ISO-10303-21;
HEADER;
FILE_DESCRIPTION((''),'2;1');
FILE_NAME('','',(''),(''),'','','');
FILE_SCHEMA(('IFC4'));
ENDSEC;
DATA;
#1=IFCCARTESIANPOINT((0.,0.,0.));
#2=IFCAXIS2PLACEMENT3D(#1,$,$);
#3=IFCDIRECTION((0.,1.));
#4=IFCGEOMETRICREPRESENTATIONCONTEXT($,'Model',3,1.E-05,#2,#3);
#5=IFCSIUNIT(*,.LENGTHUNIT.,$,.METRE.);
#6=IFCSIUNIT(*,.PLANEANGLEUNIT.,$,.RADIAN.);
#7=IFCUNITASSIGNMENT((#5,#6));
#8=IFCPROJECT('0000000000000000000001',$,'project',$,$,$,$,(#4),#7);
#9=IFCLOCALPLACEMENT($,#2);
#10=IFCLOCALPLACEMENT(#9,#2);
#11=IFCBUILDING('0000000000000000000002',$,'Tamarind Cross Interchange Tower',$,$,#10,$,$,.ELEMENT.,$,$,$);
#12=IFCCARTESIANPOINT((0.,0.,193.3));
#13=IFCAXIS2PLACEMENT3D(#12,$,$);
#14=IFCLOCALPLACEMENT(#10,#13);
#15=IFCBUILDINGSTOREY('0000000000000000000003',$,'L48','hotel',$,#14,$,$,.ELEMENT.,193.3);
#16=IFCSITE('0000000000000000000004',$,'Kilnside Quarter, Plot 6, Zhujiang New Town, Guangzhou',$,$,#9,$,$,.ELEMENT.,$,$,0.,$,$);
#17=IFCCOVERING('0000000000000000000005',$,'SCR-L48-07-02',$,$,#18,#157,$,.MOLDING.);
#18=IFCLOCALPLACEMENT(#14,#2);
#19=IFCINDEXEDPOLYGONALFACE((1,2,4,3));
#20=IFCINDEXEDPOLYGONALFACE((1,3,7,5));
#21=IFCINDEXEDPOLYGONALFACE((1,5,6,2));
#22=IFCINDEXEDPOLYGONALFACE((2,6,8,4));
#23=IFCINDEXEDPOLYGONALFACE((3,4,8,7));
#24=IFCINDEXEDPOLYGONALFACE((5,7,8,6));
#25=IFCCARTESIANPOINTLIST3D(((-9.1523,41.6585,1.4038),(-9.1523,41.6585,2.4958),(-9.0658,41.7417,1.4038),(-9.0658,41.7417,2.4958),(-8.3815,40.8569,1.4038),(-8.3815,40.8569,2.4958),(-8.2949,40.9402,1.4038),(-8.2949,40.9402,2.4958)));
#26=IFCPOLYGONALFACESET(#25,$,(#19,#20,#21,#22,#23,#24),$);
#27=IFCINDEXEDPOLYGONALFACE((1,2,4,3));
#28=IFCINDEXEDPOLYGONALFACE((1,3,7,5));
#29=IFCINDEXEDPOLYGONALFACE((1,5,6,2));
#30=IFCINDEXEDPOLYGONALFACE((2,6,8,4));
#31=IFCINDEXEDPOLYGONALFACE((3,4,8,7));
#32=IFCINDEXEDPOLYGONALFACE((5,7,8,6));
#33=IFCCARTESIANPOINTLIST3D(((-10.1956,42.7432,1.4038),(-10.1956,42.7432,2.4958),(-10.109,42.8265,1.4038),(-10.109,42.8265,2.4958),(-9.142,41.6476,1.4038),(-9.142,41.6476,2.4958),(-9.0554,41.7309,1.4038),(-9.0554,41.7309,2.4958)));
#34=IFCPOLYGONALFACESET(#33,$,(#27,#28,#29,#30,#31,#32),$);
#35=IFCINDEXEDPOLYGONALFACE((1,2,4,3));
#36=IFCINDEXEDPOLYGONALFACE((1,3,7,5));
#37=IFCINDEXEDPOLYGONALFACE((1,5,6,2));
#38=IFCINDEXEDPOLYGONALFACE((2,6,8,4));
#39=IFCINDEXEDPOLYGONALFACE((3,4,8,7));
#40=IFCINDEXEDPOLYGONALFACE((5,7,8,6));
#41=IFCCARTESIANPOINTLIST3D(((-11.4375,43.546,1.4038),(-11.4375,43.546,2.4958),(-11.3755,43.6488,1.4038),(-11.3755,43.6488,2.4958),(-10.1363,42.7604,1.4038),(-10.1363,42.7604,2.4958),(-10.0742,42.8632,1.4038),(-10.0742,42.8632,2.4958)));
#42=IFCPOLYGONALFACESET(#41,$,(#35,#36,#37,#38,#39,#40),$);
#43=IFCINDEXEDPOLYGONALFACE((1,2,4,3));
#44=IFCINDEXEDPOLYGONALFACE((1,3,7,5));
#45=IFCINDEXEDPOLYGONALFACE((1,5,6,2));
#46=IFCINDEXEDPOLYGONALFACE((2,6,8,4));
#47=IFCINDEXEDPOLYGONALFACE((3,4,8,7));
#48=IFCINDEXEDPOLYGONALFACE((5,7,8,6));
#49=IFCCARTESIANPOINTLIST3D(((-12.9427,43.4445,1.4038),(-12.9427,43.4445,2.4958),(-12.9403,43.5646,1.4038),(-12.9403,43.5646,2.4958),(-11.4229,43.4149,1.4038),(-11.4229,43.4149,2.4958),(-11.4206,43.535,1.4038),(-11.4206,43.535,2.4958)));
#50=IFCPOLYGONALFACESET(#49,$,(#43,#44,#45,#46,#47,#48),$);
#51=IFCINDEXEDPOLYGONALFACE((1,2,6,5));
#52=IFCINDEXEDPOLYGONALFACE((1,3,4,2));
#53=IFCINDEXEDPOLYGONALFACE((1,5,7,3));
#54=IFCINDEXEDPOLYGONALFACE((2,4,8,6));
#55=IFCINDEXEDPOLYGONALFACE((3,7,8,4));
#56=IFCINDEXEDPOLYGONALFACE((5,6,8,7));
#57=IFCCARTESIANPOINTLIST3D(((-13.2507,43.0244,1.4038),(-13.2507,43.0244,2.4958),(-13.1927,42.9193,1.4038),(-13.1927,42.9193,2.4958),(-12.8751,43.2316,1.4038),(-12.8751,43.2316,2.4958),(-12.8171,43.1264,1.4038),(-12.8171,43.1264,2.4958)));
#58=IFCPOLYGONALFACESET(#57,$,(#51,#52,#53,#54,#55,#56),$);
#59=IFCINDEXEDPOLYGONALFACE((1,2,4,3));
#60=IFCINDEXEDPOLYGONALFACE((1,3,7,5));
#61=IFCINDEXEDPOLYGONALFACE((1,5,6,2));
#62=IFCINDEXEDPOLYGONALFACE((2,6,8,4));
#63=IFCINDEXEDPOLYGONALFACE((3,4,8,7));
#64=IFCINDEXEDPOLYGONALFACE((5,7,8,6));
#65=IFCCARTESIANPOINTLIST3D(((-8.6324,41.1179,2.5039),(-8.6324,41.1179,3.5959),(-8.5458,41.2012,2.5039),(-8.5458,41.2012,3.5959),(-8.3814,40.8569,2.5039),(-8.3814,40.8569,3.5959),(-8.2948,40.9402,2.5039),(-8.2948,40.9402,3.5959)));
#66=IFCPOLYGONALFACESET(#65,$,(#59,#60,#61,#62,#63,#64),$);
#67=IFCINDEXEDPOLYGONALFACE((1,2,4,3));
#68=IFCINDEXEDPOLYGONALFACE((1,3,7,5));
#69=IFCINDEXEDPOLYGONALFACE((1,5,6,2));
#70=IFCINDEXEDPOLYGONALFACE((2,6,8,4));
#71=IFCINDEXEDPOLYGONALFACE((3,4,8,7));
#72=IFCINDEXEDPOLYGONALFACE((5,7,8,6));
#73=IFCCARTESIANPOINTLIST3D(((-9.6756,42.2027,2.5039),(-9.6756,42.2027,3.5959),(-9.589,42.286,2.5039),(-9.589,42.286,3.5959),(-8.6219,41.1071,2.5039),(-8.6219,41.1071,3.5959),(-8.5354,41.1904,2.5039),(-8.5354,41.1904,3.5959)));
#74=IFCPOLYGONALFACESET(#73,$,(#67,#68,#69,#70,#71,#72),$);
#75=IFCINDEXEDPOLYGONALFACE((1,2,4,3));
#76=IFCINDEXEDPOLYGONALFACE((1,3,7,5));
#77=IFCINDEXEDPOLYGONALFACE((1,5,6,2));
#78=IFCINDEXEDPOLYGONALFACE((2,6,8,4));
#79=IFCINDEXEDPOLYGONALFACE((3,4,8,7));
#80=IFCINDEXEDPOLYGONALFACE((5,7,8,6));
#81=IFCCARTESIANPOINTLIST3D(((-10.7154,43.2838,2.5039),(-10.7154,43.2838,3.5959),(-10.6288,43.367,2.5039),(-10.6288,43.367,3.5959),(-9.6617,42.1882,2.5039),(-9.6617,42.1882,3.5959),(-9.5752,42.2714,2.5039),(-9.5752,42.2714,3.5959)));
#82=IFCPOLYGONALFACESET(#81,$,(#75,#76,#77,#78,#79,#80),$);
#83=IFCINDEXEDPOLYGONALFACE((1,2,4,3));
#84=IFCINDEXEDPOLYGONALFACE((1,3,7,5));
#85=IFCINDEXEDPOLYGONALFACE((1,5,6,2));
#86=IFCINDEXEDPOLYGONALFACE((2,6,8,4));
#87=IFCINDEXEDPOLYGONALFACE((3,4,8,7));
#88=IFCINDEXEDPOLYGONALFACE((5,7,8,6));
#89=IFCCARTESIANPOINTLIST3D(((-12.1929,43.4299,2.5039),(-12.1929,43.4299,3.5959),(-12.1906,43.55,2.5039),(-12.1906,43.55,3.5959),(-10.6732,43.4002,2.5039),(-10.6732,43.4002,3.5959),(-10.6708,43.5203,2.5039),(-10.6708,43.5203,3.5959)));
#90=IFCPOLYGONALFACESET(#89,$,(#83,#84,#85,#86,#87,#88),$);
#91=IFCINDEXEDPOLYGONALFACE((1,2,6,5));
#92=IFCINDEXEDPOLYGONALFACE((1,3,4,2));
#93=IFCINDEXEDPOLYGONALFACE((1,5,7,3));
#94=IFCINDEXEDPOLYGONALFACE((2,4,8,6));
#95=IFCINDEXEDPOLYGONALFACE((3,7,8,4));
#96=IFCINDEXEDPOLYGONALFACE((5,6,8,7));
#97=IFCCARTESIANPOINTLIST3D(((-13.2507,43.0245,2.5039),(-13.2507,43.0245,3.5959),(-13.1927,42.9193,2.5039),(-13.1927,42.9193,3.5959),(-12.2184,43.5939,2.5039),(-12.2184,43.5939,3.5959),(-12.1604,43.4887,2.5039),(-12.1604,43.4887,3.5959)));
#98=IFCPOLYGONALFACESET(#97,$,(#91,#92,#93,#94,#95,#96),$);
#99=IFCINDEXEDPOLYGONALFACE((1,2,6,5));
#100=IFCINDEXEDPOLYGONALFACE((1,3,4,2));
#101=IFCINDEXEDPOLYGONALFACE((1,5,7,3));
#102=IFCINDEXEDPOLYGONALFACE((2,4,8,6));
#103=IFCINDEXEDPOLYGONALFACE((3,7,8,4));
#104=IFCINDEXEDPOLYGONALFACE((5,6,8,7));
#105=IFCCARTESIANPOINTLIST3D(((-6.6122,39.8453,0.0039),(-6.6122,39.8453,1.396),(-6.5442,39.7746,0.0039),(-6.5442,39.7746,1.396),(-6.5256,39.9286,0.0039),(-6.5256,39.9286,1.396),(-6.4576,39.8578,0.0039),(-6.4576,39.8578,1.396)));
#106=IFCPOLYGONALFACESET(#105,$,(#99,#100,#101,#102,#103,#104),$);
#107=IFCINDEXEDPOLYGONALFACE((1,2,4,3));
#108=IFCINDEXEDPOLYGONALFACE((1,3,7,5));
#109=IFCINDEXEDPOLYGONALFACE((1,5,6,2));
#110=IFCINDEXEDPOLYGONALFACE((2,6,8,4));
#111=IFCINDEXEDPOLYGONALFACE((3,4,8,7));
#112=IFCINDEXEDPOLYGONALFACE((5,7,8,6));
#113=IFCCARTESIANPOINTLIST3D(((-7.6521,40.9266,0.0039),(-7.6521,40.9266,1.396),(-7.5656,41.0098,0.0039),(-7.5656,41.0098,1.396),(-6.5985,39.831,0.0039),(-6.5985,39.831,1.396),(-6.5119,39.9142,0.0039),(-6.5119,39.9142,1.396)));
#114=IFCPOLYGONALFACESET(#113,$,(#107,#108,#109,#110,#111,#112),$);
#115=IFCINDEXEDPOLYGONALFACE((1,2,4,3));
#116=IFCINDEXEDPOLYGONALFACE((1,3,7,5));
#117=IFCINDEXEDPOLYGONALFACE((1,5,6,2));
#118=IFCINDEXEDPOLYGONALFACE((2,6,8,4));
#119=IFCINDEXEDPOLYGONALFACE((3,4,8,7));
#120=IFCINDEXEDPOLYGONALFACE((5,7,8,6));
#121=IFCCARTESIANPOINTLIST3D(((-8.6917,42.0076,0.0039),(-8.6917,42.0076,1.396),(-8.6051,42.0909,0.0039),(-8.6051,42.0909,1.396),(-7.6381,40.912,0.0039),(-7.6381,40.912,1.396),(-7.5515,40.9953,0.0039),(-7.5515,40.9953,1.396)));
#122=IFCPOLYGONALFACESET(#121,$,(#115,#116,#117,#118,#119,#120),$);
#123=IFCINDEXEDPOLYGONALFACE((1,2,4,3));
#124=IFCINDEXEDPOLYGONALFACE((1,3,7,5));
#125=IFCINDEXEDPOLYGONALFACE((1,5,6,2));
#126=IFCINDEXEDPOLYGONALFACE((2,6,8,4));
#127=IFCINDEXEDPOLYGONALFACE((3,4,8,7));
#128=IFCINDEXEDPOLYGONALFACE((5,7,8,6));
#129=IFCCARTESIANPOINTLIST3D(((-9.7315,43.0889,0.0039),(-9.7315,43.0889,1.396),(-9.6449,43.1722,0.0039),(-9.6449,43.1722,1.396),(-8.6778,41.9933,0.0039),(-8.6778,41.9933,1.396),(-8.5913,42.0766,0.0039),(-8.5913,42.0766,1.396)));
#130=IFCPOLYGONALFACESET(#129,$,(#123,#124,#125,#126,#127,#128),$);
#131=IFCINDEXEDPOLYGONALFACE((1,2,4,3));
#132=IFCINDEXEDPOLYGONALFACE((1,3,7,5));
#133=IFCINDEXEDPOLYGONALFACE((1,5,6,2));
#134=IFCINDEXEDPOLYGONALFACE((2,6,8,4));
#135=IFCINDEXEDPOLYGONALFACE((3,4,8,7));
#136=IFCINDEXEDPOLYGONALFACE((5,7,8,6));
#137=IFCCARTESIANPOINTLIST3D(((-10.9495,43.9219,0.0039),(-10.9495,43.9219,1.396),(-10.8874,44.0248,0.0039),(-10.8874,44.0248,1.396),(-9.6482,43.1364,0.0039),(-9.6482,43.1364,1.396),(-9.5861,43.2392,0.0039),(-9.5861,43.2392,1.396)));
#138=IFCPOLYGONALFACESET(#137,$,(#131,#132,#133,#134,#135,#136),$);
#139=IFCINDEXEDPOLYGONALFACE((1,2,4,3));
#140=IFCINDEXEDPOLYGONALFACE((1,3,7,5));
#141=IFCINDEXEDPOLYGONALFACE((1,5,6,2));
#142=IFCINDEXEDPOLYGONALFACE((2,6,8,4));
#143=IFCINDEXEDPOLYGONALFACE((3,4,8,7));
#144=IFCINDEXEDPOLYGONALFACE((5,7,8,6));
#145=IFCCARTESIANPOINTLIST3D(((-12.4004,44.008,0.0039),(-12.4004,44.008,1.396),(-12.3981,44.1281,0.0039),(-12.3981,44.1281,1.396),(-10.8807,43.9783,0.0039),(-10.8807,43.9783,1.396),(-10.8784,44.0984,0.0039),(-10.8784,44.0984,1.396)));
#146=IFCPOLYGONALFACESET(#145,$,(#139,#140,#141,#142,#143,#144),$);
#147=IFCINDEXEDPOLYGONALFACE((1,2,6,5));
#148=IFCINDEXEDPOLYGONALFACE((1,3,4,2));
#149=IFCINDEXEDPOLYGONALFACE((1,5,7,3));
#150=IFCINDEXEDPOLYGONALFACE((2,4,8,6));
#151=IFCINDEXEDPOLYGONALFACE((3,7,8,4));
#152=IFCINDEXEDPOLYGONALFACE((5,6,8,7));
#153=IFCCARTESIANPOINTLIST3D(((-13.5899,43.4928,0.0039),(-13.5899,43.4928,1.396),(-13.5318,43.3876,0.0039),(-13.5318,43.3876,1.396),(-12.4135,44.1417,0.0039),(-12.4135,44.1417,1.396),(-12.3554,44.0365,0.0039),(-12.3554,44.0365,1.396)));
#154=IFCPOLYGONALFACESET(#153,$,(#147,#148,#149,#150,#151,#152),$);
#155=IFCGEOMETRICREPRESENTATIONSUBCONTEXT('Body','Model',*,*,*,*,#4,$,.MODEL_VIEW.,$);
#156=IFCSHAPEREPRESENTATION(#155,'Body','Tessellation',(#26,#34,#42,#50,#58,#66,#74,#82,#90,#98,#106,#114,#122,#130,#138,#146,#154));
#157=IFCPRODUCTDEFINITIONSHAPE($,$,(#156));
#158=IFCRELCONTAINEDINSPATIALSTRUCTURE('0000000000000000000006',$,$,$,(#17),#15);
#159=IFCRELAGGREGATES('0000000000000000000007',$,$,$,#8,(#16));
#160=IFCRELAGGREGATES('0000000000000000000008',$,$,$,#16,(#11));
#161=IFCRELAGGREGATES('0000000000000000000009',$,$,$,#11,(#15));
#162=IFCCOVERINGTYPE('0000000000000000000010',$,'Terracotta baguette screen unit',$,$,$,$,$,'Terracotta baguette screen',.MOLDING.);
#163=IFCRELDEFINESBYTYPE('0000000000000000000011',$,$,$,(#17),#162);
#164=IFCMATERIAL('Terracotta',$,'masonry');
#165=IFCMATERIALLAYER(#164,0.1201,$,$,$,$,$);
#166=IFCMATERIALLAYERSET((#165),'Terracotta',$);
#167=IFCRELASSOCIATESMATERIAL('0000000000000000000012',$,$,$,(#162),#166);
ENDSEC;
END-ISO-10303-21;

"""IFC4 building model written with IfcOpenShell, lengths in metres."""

from ifc_helpers import new_model, si_unit, direction, frame, origin, origin_2d, place, context, subcontext, project, spatial, rectangle, extrude, material, layer, layer_set, type_object, element, save


model = new_model("IFC4")

# Units and contexts
model_context = context("Model", 3, precision=1e-05, world=origin(), true_north=direction((0.0, 1.0)))
body_context = subcontext(model_context, "Body", "Model", "MODEL_VIEW")
ifc_project = project(units=[si_unit("LENGTHUNIT", "METRE"), si_unit("PLANEANGLEUNIT", "RADIAN")], contexts=[model_context])

# Site, building, storey
site_placement = place(None, origin())
site = spatial("IfcSite", under=ifc_project, at=site_placement, Name="Kilnside Quarter, Plot 6, Zhujiang New Town, Guangzhou", CompositionType="ELEMENT", RefElevation=0.0)
building_placement = place(site_placement, origin())
building = spatial("IfcBuilding", under=site, at=building_placement, Name="Tamarind Cross Interchange Tower", CompositionType="ELEMENT")
storey_placement = place(building_placement, frame((0.0, 0.0, 193.3)))
storey = spatial("IfcBuildingStorey", under=building, at=storey_placement, Name="L48", Description="hotel", CompositionType="ELEMENT", Elevation=193.3)

# Covering
ifc_material_1 = material(Name="Terracotta", Category="masonry")
ifc_layer_1 = layer(ifc_material_1, 0.1201)
ifc_layer_set_1 = layer_set([ifc_layer_1], Name="Terracotta")
covering_type = type_object("IfcCoveringType", Name="Terracotta baguette screen unit", ElementType="Terracotta baguette screen", PredefinedType="MOLDING", material=ifc_layer_set_1)
covering_1_placement = place(storey_placement, origin())
element("IfcCovering", 1, at=covering_1_placement, inside=storey, type_object=covering_type, Name="SCR-L48-07-02", PredefinedType="MOLDING", context=body_context, shape_type="SweptSolid", body=[
    extrude(rectangle(XDim=1.1121, YDim=0.1201, at=origin_2d()), frame((-8.7236, 41.2993, 1.4038), z_axis=(0.0, 0.0, 1.0), x_axis=(-0.69317, 0.720774, 0.0)), (0.0, 0.0, 1.0), 1.092),
    extrude(rectangle(XDim=1.52, YDim=0.1201, at=origin_2d()), frame((-9.6255, 42.2371, 1.4038), z_axis=(0.0, 0.0, 1.0), x_axis=(-0.69317, 0.720774, 0.0)), (0.0, 0.0, 1.0), 1.092),
    extrude(rectangle(XDim=1.52, YDim=0.1201, at=origin_2d()), frame((-10.7559, 43.2046, 1.4038), z_axis=(0.0, 0.0, 1.0), x_axis=(-0.856101, 0.516808, 0.0)), (0.0, 0.0, 1.0), 1.092),
    extrude(rectangle(XDim=1.52, YDim=0.1201, at=origin_2d()), frame((-12.1816, 43.4897, 1.4038), z_axis=(0.0, 0.0, 1.0), x_axis=(-0.999809, 0.019519, 0.0)), (0.0, 0.0, 1.0), 1.092),
    extrude(rectangle(XDim=0.429, YDim=0.1201, at=origin_2d()), frame((-13.0339, 43.0754, 1.4038), z_axis=(0.0, 0.0, 1.0), x_axis=(-0.87562, -0.483001, 0.0)), (0.0, 0.0, 1.0), 1.092),
    extrude(rectangle(XDim=0.3621, YDim=0.1201, at=origin_2d()), frame((-8.4636, 41.0291, 2.5039), z_axis=(0.0, 0.0, 1.0), x_axis=(-0.69317, 0.720774, 0.0)), (0.0, 0.0, 1.0), 1.092),
    extrude(rectangle(XDim=1.52, YDim=0.1201, at=origin_2d()), frame((-9.1055, 41.6965, 2.5039), z_axis=(0.0, 0.0, 1.0), x_axis=(-0.69317, 0.720774, 0.0)), (0.0, 0.0, 1.0), 1.092),
    extrude(rectangle(XDim=1.52, YDim=0.1201, at=origin_2d()), frame((-10.1453, 42.7776, 2.5039), z_axis=(0.0, 0.0, 1.0), x_axis=(-0.69317, 0.720774, 0.0)), (0.0, 0.0, 1.0), 1.092),
    extrude(rectangle(XDim=1.52, YDim=0.1201, at=origin_2d()), frame((-11.4319, 43.4751, 2.5039), z_axis=(0.0, 0.0, 1.0), x_axis=(-0.999809, 0.019519, 0.0)), (0.0, 0.0, 1.0), 1.092),
    extrude(rectangle(XDim=1.179, YDim=0.1201, at=origin_2d()), frame((-12.7056, 43.2566, 2.5039), z_axis=(0.0, 0.0, 1.0), x_axis=(-0.87562, -0.483001, 0.0)), (0.0, 0.0, 1.0), 1.092),
    extrude(rectangle(XDim=0.0981, YDim=0.1201, at=origin_2d()), frame((-6.5349, 39.8516, 0.0039), z_axis=(0.0, 0.0, 1.0), x_axis=(-0.69317, 0.720774, 0.0)), (0.0, 0.0, 1.0), 1.3921),
    extrude(rectangle(XDim=1.52, YDim=0.1201, at=origin_2d()), frame((-7.082, 40.4204, 0.0039), z_axis=(0.0, 0.0, 1.0), x_axis=(-0.69317, 0.720774, 0.0)), (0.0, 0.0, 1.0), 1.3921),
    extrude(rectangle(XDim=1.52, YDim=0.1201, at=origin_2d()), frame((-8.1216, 41.5015, 0.0039), z_axis=(0.0, 0.0, 1.0), x_axis=(-0.69317, 0.720774, 0.0)), (0.0, 0.0, 1.0), 1.3921),
    extrude(rectangle(XDim=1.52, YDim=0.1201, at=origin_2d()), frame((-9.1614, 42.5828, 0.0039), z_axis=(0.0, 0.0, 1.0), x_axis=(-0.69317, 0.720774, 0.0)), (0.0, 0.0, 1.0), 1.3921),
    extrude(rectangle(XDim=1.52, YDim=0.1201, at=origin_2d()), frame((-10.2678, 43.5806, 0.0039), z_axis=(0.0, 0.0, 1.0), x_axis=(-0.856101, 0.516808, 0.0)), (0.0, 0.0, 1.0), 1.3921),
    extrude(rectangle(XDim=1.52, YDim=0.1201, at=origin_2d()), frame((-11.6394, 44.0532, 0.0039), z_axis=(0.0, 0.0, 1.0), x_axis=(-0.999809, 0.019519, 0.0)), (0.0, 0.0, 1.0), 1.3921),
    extrude(rectangle(XDim=1.3435, YDim=0.1201, at=origin_2d()), frame((-12.9727, 43.7646, 0.0039), z_axis=(0.0, 0.0, 1.0), x_axis=(-0.87562, -0.483001, 0.0)), (0.0, 0.0, 1.0), 1.3921),
])

save(model, "model.ifc")
